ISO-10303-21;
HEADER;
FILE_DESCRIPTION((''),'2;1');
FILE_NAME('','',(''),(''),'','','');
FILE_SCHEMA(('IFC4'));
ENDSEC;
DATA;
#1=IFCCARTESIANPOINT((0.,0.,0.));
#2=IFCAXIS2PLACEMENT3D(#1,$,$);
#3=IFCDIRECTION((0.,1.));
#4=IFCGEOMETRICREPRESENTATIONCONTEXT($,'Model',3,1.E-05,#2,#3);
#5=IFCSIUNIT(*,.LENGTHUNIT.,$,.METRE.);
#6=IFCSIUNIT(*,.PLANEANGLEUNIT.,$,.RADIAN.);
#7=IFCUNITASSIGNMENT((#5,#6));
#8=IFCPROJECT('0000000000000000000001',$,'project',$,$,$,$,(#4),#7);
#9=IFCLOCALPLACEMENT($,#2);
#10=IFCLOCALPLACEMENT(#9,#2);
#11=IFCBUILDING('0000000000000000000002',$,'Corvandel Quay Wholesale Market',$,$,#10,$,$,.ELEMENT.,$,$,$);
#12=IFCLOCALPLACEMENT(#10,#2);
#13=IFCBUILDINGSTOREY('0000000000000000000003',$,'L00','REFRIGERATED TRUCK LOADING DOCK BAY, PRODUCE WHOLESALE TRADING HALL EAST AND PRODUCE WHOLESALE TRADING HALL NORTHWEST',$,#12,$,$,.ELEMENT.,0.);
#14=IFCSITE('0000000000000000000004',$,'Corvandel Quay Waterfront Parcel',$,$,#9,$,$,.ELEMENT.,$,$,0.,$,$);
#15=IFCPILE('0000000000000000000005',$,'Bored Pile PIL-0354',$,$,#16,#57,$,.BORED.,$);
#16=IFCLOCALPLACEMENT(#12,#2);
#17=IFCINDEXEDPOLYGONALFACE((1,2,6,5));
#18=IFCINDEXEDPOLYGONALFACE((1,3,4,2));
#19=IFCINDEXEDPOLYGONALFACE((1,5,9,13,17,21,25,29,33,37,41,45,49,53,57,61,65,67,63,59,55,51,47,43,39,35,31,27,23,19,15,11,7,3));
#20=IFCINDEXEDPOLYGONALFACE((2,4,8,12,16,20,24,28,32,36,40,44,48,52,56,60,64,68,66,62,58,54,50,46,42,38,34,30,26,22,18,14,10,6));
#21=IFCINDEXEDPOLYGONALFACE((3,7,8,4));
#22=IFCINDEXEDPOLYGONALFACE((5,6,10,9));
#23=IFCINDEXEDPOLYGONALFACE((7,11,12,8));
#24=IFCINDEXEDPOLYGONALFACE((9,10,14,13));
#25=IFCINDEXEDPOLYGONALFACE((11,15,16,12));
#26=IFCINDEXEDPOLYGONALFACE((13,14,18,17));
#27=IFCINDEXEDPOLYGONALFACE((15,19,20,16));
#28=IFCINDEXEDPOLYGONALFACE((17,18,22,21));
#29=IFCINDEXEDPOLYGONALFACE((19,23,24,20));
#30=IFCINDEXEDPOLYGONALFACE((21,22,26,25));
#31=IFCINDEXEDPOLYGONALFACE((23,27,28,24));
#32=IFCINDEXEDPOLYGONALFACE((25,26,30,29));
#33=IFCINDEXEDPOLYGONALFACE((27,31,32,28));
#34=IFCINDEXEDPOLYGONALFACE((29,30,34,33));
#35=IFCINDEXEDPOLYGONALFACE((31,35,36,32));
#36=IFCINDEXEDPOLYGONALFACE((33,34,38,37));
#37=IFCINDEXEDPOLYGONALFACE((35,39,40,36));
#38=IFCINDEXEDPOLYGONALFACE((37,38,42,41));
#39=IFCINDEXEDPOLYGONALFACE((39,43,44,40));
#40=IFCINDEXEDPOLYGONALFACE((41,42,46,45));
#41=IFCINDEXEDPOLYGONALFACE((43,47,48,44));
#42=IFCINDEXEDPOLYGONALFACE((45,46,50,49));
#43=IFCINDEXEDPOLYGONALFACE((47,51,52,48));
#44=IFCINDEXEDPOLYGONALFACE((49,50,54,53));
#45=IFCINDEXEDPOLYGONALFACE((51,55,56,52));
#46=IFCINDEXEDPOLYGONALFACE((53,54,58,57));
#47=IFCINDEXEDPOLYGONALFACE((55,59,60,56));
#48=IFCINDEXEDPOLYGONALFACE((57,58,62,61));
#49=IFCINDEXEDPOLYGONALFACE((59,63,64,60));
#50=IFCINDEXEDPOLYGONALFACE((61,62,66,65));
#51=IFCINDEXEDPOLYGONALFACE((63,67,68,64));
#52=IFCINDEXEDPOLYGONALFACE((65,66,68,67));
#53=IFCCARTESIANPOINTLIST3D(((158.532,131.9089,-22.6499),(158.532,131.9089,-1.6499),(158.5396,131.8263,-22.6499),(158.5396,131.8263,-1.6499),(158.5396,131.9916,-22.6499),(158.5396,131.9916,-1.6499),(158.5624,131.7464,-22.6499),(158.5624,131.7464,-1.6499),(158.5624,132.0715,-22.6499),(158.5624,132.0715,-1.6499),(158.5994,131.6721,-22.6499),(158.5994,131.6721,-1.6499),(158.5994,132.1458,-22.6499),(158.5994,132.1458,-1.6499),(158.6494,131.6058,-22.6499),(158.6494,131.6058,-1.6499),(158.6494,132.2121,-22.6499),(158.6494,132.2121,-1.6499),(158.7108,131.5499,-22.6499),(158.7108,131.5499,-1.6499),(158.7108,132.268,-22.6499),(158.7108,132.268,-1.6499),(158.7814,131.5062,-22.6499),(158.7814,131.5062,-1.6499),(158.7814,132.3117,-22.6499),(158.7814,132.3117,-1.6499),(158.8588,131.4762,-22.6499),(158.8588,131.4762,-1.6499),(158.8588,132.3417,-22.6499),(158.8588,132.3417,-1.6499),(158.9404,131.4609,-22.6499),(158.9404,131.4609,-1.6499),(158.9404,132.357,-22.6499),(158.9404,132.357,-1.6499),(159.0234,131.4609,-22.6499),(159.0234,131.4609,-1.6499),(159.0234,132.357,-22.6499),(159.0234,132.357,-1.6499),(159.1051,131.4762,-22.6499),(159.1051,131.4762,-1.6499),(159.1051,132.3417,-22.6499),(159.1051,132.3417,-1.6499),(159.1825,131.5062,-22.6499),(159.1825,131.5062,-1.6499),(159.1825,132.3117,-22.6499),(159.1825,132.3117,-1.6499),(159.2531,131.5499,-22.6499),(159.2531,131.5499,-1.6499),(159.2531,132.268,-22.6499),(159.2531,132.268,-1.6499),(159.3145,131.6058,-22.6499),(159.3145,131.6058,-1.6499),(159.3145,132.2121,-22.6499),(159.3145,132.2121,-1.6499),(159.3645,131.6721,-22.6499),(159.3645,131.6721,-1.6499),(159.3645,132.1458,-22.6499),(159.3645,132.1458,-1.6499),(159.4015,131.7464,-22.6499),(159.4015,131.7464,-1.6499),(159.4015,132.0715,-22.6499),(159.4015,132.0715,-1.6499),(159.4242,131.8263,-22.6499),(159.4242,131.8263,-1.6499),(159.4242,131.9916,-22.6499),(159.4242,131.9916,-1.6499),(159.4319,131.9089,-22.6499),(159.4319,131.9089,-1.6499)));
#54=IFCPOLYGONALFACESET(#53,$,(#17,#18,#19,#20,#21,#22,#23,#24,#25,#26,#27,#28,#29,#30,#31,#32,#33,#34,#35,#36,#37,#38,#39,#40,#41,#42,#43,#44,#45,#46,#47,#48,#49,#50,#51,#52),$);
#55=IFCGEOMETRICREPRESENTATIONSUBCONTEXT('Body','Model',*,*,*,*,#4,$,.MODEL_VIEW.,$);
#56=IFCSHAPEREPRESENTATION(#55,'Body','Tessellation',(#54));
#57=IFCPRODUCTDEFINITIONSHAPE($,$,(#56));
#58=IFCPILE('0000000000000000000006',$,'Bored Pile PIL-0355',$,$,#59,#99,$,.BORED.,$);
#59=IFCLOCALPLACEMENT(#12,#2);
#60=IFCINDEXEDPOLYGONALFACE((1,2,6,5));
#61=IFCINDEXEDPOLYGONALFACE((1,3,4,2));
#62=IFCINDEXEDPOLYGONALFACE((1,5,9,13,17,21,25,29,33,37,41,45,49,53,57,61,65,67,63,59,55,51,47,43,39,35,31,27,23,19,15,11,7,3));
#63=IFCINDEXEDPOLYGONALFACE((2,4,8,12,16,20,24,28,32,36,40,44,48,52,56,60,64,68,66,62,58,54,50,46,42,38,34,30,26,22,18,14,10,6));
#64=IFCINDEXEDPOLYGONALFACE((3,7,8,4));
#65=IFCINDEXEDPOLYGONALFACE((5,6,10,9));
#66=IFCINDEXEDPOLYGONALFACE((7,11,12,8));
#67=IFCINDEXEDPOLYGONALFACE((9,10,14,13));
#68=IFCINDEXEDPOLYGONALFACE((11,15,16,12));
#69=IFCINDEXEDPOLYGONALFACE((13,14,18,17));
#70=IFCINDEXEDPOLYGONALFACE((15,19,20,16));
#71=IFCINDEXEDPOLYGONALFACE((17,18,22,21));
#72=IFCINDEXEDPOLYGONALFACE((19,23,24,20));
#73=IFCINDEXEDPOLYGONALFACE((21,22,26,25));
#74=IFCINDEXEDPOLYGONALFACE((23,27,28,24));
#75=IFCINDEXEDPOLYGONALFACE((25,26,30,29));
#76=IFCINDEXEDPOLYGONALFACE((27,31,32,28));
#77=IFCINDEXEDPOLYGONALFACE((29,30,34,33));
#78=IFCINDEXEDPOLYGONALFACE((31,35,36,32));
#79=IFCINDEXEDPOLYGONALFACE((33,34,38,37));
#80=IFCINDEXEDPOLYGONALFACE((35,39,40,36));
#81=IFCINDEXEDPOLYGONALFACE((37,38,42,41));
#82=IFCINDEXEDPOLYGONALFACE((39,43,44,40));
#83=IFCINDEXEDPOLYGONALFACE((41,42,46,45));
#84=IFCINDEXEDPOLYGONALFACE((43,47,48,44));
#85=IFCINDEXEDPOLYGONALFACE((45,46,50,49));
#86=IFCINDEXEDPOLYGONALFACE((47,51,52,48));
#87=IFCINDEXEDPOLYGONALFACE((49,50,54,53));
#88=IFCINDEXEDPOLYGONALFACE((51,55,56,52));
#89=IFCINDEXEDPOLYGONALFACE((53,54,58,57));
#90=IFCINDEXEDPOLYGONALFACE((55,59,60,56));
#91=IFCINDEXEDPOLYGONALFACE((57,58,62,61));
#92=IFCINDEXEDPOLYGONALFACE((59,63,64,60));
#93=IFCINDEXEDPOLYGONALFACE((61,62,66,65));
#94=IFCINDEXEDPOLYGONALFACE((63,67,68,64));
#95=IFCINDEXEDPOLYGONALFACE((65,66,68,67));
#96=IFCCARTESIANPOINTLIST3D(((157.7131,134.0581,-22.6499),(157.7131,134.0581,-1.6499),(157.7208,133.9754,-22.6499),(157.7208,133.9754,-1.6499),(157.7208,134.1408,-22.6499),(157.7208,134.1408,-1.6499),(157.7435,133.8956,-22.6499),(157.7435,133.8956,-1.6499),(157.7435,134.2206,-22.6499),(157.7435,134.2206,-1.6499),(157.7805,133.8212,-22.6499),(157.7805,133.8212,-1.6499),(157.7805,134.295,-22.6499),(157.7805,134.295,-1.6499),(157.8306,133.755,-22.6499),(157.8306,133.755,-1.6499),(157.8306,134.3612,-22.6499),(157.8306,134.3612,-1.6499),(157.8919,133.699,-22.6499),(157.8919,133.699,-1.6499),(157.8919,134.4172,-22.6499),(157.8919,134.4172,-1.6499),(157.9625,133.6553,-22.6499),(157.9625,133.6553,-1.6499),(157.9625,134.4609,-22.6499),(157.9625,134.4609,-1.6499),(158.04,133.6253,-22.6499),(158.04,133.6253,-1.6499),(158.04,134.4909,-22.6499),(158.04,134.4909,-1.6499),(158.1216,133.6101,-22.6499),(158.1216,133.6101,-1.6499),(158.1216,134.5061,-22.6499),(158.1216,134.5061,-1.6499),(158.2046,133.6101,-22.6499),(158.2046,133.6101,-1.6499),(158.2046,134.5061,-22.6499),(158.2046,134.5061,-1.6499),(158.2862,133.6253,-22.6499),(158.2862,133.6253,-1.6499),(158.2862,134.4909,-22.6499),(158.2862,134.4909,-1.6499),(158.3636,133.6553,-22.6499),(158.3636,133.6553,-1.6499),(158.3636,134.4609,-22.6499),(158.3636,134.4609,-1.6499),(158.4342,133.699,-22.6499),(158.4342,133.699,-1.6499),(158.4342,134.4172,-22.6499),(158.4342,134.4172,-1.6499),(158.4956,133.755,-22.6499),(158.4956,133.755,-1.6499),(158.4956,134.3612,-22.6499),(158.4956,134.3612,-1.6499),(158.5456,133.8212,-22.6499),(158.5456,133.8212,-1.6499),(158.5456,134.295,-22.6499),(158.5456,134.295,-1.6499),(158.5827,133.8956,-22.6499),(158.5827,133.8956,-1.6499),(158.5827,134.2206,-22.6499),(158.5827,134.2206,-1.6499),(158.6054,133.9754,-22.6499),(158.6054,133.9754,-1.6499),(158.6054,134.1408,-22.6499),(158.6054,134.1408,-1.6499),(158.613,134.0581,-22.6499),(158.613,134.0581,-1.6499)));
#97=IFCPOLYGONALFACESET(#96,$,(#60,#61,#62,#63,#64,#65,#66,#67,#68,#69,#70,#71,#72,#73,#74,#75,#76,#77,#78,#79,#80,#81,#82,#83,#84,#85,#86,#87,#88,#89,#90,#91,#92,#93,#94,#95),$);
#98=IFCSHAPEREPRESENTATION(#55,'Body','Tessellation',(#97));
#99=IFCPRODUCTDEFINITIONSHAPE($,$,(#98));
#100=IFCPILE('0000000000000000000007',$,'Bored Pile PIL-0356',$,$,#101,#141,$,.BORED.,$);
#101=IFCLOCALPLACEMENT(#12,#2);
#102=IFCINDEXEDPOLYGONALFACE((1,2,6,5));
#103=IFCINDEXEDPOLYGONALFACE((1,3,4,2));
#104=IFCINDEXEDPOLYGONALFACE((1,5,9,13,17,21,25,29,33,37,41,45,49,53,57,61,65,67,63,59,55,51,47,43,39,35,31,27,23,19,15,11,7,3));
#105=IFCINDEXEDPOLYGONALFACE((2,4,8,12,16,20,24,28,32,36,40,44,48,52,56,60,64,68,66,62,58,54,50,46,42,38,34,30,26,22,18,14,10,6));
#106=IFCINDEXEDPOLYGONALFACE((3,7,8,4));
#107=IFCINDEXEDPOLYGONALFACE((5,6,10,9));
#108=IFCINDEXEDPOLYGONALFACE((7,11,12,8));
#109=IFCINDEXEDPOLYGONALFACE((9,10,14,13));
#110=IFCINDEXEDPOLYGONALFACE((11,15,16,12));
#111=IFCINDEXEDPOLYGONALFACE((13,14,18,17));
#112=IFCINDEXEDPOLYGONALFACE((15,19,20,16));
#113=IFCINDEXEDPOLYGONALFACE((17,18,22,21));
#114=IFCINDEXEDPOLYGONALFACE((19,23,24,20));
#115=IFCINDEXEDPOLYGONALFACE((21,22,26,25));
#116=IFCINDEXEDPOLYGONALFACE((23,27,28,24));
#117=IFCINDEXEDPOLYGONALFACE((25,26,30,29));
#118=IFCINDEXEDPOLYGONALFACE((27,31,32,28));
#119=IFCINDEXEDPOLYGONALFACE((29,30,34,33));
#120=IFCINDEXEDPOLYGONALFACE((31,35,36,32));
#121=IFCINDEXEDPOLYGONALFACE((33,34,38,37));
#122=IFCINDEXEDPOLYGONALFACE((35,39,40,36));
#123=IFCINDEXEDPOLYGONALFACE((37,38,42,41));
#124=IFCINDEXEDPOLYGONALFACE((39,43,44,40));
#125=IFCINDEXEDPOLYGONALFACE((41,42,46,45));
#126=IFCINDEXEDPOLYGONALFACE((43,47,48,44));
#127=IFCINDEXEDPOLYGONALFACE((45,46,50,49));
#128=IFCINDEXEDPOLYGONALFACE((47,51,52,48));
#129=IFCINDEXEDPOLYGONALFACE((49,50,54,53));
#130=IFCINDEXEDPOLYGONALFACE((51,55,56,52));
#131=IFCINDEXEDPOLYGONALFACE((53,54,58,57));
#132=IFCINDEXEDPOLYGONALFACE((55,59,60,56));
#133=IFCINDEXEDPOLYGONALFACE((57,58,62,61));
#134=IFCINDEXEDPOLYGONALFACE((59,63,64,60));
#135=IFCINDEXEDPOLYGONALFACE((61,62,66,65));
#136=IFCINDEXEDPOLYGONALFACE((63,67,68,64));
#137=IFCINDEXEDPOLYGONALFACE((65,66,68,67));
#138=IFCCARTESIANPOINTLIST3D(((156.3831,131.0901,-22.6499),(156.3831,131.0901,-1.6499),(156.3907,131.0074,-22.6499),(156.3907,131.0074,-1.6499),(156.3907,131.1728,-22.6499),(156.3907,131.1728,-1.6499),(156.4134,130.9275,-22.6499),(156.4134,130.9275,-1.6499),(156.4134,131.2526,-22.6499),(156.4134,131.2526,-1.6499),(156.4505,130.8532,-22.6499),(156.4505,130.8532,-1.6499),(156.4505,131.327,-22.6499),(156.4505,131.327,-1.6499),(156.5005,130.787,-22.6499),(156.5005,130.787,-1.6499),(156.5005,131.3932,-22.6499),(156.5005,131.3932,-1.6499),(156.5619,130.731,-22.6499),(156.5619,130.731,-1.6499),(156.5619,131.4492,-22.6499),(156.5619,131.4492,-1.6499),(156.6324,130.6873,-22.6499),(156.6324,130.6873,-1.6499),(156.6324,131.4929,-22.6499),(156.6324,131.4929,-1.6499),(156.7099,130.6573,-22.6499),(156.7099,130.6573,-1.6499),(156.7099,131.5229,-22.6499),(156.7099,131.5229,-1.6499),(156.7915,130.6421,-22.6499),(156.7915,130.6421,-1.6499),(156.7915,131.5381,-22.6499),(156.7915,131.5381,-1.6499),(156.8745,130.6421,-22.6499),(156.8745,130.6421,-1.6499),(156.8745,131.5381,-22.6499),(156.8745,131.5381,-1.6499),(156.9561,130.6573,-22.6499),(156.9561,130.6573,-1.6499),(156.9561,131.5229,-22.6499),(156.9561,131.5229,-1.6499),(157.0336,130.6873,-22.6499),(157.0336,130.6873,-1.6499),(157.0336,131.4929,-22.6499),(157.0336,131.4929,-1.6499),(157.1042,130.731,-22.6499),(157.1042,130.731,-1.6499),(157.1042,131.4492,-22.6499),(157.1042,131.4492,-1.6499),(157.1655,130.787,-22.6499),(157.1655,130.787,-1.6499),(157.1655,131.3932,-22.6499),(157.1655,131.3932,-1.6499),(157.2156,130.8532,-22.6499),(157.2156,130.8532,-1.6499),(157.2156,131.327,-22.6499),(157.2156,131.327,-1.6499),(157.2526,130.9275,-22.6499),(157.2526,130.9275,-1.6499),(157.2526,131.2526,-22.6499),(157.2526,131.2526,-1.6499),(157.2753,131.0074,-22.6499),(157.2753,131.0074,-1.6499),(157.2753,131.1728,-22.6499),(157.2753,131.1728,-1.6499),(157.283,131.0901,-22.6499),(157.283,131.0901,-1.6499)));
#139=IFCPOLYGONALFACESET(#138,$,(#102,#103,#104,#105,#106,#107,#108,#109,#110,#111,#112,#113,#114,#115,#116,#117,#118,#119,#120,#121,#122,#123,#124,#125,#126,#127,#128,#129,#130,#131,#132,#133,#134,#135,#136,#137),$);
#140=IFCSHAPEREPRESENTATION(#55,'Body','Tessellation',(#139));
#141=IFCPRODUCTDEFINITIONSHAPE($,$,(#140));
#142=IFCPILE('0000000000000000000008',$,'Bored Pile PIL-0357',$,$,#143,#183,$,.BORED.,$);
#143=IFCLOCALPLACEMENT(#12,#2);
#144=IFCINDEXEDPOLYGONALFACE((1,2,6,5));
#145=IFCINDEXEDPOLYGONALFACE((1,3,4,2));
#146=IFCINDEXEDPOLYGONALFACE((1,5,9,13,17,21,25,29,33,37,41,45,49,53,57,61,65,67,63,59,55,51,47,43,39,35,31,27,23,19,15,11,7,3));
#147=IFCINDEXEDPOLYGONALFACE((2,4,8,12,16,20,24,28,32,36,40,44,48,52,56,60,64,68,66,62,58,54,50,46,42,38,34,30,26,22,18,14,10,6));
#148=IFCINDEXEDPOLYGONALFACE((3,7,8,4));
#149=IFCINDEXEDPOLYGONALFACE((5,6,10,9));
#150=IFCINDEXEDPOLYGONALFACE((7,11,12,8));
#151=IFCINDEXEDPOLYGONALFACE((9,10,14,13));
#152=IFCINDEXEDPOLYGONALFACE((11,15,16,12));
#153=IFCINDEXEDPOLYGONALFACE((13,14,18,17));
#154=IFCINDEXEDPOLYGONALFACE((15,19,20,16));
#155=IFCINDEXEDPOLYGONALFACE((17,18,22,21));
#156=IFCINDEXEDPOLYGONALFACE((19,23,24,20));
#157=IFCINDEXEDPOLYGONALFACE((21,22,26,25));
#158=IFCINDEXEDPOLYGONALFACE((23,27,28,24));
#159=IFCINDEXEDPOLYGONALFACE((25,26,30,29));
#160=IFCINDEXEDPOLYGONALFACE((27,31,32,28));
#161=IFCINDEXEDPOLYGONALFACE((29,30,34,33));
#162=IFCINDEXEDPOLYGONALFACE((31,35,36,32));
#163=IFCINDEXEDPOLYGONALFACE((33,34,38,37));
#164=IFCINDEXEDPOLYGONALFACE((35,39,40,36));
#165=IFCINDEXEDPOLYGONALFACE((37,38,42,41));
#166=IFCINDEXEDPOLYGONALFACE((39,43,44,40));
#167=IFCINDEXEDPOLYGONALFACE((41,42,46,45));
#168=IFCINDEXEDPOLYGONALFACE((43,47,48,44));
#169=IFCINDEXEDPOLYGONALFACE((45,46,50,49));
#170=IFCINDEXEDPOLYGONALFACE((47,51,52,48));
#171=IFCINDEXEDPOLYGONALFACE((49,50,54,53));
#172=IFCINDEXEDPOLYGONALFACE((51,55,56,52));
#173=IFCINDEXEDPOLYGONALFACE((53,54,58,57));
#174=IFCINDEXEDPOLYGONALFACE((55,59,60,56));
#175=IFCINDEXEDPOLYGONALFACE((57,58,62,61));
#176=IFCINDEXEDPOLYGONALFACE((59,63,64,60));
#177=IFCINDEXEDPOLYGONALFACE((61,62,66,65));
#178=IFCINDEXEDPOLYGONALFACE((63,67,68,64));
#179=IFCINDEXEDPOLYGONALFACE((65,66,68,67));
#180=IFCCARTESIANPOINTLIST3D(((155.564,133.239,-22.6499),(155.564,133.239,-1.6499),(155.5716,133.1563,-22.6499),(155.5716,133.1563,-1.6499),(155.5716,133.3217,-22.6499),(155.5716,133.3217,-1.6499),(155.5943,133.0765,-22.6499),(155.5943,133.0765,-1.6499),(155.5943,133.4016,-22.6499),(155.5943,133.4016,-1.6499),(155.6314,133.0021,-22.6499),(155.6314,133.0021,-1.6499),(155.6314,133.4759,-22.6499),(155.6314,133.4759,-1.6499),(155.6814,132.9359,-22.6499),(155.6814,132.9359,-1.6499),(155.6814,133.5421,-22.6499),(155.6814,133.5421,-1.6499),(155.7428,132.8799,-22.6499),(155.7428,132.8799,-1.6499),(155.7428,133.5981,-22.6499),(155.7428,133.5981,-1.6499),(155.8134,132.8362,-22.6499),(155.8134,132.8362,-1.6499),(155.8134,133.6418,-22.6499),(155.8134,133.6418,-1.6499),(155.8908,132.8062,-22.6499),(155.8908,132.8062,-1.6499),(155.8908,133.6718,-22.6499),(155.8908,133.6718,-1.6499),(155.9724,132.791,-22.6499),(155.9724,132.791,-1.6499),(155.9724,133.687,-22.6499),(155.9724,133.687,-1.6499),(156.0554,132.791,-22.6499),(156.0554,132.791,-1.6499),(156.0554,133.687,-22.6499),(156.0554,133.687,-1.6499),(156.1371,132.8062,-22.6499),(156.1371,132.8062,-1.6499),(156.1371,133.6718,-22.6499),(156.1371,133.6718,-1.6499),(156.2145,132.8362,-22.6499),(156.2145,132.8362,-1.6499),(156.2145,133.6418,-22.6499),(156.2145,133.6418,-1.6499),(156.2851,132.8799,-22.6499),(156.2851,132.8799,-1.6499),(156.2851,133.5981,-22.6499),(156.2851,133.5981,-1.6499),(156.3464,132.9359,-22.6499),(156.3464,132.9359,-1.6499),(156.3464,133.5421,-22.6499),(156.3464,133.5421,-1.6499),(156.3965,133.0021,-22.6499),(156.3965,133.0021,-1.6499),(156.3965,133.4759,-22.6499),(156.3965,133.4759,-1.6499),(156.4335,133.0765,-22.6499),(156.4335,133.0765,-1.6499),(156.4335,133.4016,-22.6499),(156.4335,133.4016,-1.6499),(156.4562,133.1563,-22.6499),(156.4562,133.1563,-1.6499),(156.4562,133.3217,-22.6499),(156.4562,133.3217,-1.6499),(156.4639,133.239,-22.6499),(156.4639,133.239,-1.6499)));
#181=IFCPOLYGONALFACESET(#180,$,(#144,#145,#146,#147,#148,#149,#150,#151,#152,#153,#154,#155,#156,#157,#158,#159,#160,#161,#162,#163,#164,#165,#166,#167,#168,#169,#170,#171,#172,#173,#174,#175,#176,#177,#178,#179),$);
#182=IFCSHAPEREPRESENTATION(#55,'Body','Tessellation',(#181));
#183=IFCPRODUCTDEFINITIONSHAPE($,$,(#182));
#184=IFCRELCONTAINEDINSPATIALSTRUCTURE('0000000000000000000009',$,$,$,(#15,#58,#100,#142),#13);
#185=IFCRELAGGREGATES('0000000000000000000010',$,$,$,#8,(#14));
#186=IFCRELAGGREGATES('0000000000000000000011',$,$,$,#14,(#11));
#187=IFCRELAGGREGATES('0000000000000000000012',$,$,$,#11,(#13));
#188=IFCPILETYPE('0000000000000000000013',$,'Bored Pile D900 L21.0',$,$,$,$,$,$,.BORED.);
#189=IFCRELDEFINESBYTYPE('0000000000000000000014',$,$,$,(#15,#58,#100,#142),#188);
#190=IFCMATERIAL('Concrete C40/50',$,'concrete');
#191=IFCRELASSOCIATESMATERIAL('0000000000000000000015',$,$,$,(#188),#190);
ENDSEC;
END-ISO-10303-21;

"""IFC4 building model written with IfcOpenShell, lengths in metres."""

from ifc_helpers import new_model, si_unit, direction, frame, origin, origin_2d, place, context, subcontext, project, spatial, circle, extrude, material, material_profile, profile_set, type_object, element, save


model = new_model("IFC4")

# Units and contexts
model_context = context("Model", 3, precision=1e-05, world=origin(), true_north=direction((0.0, 1.0)))
body_context = subcontext(model_context, "Body", "Model", "MODEL_VIEW")
ifc_project = project(units=[si_unit("LENGTHUNIT", "METRE"), si_unit("PLANEANGLEUNIT", "RADIAN")], contexts=[model_context])

# Site, building, storey
site_placement = place(None, origin())
site = spatial("IfcSite", under=ifc_project, at=site_placement, Name="Corvandel Quay Waterfront Parcel", CompositionType="ELEMENT", RefElevation=0.0)
building_placement = place(site_placement, origin())
building = spatial("IfcBuilding", under=site, at=building_placement, Name="Corvandel Quay Wholesale Market", CompositionType="ELEMENT")
storey_placement = place(building_placement, origin())
storey = spatial("IfcBuildingStorey", under=building, at=storey_placement, Name="L00", Description="REFRIGERATED TRUCK LOADING DOCK BAY, PRODUCE WHOLESALE TRADING HALL EAST AND PRODUCE WHOLESALE TRADING HALL NORTHWEST", CompositionType="ELEMENT", Elevation=0.0)

# Piles
ifc_material_1 = material(Name="Concrete C40/50", Category="concrete")
ifc_material_profile_1 = material_profile(ifc_material_1, circle(Radius=0.45, at=origin_2d()), Name="RC-PILE-D900")
ifc_profile_set_1 = profile_set([ifc_material_profile_1], Name="Concrete C40/50")
pile_type = type_object("IfcPileType", Name="Bored Pile D900 L21.0", PredefinedType="BORED", material=ifc_profile_set_1)
for number, where, z_axis, x_axis, name in (
    (1, (158.9819, 131.9089, -1.6499), (0.0, 0.0, -1.0), (1.0, 0.0, 0.0), "Bored Pile PIL-0354"),
    (2, (158.1631, 134.0581, -1.6499), (0.0, 0.0, -1.0), (1.0, 0.0, 0.0), "Bored Pile PIL-0355"),
    (3, (156.833, 131.0901, -1.6499), (0.0, 0.0, -1.0), (1.0, 0.0, 0.0), "Bored Pile PIL-0356"),
    (4, (156.0139, 133.239, -1.6499), (0.0, 0.0, -1.0), (1.0, 0.0, 0.0), "Bored Pile PIL-0357"),
):
    element("IfcPile", number, at=place(storey_placement, frame(where, z_axis=z_axis, x_axis=x_axis)), inside=storey, type_object=pile_type, Name=name, PredefinedType="BORED", context=body_context, shape_type="SweptSolid", body=[
        extrude(circle(Radius=0.45, at=origin_2d()), origin(), (0.0, 0.0, 1.0), 21.0),
    ])

save(model, "model.ifc")
